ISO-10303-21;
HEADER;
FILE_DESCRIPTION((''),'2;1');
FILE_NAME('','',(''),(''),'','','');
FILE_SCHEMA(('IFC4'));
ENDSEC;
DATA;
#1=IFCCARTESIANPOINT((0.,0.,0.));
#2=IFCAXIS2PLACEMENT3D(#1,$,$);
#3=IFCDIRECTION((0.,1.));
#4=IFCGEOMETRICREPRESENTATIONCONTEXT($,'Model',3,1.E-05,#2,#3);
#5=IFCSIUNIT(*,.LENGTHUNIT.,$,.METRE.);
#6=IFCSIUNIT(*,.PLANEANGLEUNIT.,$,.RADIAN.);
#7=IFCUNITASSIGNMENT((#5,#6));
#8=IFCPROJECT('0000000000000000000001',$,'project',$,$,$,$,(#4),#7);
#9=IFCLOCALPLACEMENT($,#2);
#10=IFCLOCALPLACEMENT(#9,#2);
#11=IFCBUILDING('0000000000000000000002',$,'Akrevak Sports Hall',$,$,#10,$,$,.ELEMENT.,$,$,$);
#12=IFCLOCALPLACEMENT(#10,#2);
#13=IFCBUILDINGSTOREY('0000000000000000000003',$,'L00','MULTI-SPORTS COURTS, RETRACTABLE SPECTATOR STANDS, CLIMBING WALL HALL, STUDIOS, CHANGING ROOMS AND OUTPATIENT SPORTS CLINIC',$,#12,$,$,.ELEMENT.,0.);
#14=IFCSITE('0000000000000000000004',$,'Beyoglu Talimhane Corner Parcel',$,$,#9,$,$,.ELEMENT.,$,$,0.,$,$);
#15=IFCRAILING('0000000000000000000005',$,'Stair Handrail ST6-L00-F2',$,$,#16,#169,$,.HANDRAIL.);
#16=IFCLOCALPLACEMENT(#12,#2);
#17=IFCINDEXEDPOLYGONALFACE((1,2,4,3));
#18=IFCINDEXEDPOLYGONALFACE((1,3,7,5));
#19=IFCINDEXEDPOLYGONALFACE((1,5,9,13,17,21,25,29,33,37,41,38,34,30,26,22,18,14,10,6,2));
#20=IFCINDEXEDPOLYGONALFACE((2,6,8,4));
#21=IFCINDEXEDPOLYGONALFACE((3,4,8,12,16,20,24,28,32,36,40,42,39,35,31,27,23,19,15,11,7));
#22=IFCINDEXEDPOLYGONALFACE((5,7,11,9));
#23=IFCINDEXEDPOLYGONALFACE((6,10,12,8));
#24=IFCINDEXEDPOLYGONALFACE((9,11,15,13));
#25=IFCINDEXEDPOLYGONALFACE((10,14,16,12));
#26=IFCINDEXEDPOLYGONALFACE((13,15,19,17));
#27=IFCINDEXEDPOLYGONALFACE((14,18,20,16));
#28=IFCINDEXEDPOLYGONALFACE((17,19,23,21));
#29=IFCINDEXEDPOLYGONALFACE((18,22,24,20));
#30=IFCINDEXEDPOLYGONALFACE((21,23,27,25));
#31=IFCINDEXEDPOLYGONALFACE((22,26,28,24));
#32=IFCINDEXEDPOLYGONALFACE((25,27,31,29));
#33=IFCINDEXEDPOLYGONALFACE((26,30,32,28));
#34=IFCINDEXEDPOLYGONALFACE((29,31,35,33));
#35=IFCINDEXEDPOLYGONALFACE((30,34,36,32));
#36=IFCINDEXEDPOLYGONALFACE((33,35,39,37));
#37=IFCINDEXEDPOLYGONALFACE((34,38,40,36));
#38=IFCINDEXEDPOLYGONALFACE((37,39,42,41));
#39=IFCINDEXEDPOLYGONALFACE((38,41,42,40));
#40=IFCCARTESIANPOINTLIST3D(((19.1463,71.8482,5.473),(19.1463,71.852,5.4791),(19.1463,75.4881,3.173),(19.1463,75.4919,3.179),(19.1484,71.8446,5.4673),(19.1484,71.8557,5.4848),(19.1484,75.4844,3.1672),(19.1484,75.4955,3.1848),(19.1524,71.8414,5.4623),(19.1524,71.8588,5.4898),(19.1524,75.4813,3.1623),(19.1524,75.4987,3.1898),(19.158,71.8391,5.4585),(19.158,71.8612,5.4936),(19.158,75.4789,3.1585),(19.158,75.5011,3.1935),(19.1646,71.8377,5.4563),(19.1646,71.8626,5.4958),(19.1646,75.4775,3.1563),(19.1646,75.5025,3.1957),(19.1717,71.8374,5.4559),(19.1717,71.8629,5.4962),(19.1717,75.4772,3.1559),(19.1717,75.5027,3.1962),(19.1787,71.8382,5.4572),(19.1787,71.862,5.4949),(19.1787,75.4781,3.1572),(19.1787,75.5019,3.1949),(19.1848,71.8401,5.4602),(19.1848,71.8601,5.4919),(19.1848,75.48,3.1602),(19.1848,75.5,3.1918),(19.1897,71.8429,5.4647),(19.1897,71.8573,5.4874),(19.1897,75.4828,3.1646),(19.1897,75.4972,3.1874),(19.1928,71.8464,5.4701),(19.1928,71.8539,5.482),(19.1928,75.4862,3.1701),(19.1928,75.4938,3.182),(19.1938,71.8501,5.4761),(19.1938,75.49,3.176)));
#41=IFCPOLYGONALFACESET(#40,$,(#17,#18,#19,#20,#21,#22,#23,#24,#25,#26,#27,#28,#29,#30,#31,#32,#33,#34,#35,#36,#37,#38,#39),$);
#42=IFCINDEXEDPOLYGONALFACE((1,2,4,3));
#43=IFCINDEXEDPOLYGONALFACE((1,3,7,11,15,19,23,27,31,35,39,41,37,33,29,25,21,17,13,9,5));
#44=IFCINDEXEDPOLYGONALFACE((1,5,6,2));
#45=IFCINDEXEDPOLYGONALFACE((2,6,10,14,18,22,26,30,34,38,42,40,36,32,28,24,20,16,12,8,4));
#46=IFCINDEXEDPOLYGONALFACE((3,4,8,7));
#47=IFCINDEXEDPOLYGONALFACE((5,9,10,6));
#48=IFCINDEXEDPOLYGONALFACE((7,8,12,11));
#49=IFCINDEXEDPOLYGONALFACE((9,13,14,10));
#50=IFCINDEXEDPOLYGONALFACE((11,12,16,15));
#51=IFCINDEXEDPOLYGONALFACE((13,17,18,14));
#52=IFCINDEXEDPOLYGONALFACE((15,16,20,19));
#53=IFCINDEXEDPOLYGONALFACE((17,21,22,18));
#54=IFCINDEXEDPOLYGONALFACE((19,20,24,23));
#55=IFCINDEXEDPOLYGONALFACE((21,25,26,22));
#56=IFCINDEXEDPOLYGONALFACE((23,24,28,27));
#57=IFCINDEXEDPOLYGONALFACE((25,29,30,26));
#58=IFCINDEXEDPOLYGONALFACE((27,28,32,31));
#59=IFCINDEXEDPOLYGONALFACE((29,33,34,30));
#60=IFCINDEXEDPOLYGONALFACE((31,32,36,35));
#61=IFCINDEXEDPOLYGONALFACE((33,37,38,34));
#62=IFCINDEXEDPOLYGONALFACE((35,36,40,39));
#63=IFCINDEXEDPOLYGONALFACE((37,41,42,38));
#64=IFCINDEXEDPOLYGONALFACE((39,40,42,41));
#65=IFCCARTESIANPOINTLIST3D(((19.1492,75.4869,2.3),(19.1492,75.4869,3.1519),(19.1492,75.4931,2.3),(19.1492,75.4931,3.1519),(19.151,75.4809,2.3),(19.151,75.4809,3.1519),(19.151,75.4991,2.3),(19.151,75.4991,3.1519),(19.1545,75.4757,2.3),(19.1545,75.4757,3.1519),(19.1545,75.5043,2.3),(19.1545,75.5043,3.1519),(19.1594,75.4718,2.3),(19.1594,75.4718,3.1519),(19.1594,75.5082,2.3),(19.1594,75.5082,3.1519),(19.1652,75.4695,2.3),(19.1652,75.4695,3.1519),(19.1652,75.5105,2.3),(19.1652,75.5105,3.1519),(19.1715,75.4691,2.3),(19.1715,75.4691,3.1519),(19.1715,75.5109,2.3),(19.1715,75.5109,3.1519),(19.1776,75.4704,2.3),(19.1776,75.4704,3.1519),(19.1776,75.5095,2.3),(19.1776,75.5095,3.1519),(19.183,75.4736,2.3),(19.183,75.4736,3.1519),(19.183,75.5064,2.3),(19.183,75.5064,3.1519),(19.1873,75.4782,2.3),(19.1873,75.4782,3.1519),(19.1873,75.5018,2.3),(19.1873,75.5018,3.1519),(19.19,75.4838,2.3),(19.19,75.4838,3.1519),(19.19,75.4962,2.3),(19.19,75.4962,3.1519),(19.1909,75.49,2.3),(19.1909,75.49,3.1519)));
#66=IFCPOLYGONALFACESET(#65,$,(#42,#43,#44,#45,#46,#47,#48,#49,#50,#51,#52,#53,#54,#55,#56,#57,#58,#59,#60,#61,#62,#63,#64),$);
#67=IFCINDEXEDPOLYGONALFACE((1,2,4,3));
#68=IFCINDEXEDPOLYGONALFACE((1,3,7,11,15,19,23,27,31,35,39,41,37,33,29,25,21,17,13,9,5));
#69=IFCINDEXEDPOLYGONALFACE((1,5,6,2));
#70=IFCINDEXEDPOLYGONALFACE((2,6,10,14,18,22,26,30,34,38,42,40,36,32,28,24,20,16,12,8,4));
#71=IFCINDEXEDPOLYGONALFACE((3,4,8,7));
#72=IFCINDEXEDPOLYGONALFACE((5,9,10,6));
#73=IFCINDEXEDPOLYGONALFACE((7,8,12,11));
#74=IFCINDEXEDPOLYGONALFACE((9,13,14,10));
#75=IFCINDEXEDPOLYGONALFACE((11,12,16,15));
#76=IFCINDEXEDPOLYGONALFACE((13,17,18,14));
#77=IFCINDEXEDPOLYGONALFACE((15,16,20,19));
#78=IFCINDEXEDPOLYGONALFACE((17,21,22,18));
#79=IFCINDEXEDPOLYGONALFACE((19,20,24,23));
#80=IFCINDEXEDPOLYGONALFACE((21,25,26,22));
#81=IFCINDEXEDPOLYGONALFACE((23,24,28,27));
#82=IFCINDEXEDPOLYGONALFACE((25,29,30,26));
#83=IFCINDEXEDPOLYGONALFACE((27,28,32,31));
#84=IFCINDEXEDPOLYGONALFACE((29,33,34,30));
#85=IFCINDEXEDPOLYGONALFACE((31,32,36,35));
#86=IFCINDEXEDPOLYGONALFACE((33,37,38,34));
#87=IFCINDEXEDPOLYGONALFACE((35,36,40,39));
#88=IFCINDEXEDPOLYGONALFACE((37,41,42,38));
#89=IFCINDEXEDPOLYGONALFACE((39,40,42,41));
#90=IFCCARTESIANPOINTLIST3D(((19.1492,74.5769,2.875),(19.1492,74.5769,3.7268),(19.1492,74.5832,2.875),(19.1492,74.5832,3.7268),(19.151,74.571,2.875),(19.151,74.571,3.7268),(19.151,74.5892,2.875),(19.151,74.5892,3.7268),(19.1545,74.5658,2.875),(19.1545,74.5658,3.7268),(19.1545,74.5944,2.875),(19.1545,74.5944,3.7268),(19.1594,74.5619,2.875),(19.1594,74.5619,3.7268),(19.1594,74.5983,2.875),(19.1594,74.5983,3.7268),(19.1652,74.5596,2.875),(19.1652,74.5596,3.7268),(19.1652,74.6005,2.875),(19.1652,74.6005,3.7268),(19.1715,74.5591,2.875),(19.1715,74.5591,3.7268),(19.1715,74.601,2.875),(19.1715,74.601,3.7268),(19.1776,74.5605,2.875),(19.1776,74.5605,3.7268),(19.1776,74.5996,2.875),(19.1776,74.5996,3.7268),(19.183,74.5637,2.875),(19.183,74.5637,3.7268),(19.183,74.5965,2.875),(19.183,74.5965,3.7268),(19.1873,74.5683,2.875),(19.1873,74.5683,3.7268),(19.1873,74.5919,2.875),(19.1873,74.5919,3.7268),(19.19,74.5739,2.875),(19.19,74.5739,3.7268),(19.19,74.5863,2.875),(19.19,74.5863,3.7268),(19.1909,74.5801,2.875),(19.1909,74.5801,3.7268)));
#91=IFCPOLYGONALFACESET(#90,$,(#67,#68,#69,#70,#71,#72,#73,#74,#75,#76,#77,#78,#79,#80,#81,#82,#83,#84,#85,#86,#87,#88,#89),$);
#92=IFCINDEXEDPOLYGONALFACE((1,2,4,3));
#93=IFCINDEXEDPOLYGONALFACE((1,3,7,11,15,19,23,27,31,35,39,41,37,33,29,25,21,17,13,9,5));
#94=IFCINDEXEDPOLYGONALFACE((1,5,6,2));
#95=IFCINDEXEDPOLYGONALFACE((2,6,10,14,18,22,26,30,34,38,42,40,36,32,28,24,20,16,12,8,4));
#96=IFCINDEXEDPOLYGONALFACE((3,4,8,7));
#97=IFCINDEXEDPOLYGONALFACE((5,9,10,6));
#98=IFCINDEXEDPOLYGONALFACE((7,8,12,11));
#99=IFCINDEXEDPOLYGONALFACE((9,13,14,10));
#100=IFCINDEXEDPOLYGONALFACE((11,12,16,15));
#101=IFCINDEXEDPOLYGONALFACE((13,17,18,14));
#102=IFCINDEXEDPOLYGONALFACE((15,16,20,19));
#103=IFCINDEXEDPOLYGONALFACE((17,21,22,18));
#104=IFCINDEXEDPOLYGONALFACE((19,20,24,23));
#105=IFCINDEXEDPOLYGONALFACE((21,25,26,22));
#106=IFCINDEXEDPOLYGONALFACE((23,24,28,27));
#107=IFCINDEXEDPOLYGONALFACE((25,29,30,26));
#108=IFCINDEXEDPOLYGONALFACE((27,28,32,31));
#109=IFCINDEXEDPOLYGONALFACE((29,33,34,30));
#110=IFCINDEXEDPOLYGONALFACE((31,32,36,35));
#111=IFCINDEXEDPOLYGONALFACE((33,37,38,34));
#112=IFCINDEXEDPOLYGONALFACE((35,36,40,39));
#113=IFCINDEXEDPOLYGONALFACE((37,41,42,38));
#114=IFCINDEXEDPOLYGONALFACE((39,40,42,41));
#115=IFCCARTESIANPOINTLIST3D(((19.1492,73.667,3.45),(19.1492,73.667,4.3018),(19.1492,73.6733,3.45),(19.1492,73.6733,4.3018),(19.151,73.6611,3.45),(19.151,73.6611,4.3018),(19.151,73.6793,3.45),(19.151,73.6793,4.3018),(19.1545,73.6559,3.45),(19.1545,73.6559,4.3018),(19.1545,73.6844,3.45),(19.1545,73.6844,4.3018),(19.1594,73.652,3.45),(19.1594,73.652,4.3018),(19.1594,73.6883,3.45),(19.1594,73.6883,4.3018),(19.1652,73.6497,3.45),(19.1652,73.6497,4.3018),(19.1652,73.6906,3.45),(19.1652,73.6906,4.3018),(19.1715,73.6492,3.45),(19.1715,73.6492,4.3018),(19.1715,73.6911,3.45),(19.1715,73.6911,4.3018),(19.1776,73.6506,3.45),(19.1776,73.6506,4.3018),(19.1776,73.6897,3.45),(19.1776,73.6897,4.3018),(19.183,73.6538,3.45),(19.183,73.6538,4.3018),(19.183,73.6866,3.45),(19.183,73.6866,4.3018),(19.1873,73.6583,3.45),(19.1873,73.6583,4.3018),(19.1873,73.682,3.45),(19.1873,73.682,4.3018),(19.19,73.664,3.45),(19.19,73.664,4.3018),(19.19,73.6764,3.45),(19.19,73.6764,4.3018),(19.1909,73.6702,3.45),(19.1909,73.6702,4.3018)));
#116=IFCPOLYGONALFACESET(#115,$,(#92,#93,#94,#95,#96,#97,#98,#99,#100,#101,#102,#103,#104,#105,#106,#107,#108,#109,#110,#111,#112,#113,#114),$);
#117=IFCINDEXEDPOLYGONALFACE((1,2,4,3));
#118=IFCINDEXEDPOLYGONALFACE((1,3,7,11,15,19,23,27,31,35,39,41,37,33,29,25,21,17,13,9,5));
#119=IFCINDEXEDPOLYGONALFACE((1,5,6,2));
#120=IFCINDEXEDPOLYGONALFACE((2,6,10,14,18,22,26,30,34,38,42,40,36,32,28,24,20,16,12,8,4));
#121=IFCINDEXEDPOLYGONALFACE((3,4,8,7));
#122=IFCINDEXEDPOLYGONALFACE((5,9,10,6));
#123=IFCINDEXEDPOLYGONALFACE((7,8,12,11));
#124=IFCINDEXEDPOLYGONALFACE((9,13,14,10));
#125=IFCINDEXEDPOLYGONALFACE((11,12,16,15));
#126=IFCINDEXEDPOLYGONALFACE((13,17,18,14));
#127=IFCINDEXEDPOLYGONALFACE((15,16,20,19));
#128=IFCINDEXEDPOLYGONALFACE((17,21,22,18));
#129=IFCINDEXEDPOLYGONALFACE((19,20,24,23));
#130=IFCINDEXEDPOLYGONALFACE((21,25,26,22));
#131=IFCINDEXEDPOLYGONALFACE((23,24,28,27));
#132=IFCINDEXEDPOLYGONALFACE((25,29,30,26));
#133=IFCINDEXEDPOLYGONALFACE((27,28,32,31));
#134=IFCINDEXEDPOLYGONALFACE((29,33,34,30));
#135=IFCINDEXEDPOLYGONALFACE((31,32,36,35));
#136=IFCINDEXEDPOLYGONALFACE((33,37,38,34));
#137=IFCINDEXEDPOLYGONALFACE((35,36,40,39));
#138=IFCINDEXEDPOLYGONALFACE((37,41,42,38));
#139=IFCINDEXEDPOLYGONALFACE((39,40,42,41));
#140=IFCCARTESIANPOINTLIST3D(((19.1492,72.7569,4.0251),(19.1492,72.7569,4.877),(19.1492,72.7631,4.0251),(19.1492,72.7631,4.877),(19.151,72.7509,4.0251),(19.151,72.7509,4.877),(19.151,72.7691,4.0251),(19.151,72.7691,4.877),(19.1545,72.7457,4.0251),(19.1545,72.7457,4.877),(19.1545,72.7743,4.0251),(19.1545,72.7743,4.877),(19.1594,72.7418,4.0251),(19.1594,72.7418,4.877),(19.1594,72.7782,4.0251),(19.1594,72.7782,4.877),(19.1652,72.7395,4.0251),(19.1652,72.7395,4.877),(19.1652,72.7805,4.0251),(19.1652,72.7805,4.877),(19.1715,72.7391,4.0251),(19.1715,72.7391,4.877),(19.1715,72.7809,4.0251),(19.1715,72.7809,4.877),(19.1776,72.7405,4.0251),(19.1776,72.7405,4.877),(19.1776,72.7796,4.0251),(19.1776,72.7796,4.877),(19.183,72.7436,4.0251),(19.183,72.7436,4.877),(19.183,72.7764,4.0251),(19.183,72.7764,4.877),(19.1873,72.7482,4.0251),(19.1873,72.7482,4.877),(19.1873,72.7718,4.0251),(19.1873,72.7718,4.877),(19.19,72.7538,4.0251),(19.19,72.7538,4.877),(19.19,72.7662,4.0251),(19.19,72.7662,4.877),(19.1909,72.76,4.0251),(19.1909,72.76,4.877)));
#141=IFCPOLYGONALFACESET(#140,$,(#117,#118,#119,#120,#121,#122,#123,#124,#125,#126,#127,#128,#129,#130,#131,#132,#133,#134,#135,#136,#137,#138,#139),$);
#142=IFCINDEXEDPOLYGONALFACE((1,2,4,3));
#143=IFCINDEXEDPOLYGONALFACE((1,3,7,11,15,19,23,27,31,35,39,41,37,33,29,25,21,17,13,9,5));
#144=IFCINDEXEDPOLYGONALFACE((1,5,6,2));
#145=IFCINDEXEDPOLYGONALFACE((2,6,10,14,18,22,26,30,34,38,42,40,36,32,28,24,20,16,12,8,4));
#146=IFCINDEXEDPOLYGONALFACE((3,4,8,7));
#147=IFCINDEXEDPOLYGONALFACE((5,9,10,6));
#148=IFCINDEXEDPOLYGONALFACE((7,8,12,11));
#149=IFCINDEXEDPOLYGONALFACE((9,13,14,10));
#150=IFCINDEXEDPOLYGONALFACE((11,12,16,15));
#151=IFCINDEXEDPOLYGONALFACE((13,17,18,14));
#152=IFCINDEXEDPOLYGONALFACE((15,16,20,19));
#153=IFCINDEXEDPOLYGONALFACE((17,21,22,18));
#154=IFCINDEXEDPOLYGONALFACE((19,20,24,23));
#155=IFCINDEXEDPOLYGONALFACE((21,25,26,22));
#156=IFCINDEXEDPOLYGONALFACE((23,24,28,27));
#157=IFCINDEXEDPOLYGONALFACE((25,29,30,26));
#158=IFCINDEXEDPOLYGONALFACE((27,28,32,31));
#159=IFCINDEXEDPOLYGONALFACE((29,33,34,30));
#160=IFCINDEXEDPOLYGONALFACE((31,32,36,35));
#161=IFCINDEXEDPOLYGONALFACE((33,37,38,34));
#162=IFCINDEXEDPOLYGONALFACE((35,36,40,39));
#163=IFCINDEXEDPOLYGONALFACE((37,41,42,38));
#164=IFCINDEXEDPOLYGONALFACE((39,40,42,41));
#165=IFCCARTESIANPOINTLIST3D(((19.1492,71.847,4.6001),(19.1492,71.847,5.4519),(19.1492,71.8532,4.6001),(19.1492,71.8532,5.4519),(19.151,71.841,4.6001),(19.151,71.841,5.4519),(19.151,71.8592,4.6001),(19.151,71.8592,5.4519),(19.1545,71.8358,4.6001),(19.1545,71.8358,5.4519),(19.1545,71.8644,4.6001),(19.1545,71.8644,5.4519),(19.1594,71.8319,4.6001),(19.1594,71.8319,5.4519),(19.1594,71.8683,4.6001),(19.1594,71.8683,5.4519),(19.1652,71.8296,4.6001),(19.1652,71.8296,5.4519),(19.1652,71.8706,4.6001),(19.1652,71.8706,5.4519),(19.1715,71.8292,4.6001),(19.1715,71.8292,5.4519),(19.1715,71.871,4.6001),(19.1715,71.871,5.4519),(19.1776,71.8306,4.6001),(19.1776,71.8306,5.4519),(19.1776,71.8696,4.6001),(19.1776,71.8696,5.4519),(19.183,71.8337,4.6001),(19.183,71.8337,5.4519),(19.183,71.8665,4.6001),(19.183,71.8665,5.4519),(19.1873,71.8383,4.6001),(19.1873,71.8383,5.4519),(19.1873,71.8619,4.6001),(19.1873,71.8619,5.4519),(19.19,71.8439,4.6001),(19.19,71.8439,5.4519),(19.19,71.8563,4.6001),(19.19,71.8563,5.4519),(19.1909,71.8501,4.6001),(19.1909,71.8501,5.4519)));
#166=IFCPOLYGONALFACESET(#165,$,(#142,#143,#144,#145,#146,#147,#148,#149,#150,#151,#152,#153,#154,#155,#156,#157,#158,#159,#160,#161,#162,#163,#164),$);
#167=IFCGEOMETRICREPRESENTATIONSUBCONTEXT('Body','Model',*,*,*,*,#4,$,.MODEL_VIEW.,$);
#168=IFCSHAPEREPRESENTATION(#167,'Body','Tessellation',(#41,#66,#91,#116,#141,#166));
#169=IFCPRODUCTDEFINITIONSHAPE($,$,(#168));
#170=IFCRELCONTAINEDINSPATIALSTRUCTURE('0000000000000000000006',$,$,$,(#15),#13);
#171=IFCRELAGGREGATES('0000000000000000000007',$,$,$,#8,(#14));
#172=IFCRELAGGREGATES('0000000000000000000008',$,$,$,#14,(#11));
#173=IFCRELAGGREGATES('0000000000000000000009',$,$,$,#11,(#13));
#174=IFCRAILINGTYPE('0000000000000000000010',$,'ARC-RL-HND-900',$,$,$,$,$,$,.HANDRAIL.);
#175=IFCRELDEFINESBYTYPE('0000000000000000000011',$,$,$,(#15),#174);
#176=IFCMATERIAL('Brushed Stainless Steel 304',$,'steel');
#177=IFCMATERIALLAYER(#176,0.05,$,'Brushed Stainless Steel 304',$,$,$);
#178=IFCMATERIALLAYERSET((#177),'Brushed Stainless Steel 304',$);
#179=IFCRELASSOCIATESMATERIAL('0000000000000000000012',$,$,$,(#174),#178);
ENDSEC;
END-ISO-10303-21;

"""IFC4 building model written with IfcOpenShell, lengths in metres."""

from ifc_helpers import new_model, si_unit, direction, frame, origin, origin_2d, place, context, subcontext, project, spatial, circle, extrude, material, layer, layer_set, type_object, element, save


model = new_model("IFC4")

# Units and contexts
model_context = context("Model", 3, precision=1e-05, world=origin(), true_north=direction((0.0, 1.0)))
body_context = subcontext(model_context, "Body", "Model", "MODEL_VIEW")
ifc_project = project(units=[si_unit("LENGTHUNIT", "METRE"), si_unit("PLANEANGLEUNIT", "RADIAN")], contexts=[model_context])

# Site, building, storey
site_placement = place(None, origin())
site = spatial("IfcSite", under=ifc_project, at=site_placement, Name="Beyoglu Talimhane Corner Parcel", CompositionType="ELEMENT", RefElevation=0.0)
building_placement = place(site_placement, origin())
building = spatial("IfcBuilding", under=site, at=building_placement, Name="Akrevak Sports Hall", CompositionType="ELEMENT")
storey_placement = place(building_placement, origin())
storey = spatial("IfcBuildingStorey", under=building, at=storey_placement, Name="L00", Description="MULTI-SPORTS COURTS, RETRACTABLE SPECTATOR STANDS, CLIMBING WALL HALL, STUDIOS, CHANGING ROOMS AND OUTPATIENT SPORTS CLINIC", CompositionType="ELEMENT", Elevation=0.0)

# Railing
ifc_material_1 = material(Name="Brushed Stainless Steel 304", Category="steel")
ifc_layer_1 = layer(ifc_material_1, 0.05, Name="Brushed Stainless Steel 304")
ifc_layer_set_1 = layer_set([ifc_layer_1], Name="Brushed Stainless Steel 304")
railing_type_1 = type_object("IfcRailingType", Name="ARC-RL-HND-900", PredefinedType="HANDRAIL", material=ifc_layer_set_1)
railing_1_placement = place(storey_placement, frame((19.1699, 75.49, 2.3)))
element("IfcRailing", 1, at=railing_1_placement, inside=storey, type_object=railing_type_1, Name="Stair Handrail ST6-L00-F2", PredefinedType="HANDRAIL", context=body_context, shape_type="SweptSolid", body=[
    extrude(circle(Radius=0.0239, at=origin_2d()), frame((0.0, 0.0, 0.876), z_axis=(0.0, -0.845366, 0.534187), x_axis=(1.0, 0.0, 0.0)), (0.0, 0.0, 1.0), 4.3057),
    extrude(circle(Radius=0.021, at=origin_2d()), origin(), (0.0, 0.0, 1.0), 0.8518),
    extrude(circle(Radius=0.021, at=origin_2d()), frame((0.0, -0.9099, 0.575)), (0.0, 0.0, 1.0), 0.8518),
    extrude(circle(Radius=0.021, at=origin_2d()), frame((0.0, -1.8198, 1.1499)), (0.0, 0.0, 1.0), 0.8518),
    extrude(circle(Radius=0.021, at=origin_2d()), frame((0.0, -2.73, 1.7251)), (0.0, 0.0, 1.0), 0.8518),
    extrude(circle(Radius=0.021, at=origin_2d()), frame((0.0, -3.6399, 2.3)), (0.0, 0.0, 1.0), 0.8518),
])

save(model, "model.ifc")
